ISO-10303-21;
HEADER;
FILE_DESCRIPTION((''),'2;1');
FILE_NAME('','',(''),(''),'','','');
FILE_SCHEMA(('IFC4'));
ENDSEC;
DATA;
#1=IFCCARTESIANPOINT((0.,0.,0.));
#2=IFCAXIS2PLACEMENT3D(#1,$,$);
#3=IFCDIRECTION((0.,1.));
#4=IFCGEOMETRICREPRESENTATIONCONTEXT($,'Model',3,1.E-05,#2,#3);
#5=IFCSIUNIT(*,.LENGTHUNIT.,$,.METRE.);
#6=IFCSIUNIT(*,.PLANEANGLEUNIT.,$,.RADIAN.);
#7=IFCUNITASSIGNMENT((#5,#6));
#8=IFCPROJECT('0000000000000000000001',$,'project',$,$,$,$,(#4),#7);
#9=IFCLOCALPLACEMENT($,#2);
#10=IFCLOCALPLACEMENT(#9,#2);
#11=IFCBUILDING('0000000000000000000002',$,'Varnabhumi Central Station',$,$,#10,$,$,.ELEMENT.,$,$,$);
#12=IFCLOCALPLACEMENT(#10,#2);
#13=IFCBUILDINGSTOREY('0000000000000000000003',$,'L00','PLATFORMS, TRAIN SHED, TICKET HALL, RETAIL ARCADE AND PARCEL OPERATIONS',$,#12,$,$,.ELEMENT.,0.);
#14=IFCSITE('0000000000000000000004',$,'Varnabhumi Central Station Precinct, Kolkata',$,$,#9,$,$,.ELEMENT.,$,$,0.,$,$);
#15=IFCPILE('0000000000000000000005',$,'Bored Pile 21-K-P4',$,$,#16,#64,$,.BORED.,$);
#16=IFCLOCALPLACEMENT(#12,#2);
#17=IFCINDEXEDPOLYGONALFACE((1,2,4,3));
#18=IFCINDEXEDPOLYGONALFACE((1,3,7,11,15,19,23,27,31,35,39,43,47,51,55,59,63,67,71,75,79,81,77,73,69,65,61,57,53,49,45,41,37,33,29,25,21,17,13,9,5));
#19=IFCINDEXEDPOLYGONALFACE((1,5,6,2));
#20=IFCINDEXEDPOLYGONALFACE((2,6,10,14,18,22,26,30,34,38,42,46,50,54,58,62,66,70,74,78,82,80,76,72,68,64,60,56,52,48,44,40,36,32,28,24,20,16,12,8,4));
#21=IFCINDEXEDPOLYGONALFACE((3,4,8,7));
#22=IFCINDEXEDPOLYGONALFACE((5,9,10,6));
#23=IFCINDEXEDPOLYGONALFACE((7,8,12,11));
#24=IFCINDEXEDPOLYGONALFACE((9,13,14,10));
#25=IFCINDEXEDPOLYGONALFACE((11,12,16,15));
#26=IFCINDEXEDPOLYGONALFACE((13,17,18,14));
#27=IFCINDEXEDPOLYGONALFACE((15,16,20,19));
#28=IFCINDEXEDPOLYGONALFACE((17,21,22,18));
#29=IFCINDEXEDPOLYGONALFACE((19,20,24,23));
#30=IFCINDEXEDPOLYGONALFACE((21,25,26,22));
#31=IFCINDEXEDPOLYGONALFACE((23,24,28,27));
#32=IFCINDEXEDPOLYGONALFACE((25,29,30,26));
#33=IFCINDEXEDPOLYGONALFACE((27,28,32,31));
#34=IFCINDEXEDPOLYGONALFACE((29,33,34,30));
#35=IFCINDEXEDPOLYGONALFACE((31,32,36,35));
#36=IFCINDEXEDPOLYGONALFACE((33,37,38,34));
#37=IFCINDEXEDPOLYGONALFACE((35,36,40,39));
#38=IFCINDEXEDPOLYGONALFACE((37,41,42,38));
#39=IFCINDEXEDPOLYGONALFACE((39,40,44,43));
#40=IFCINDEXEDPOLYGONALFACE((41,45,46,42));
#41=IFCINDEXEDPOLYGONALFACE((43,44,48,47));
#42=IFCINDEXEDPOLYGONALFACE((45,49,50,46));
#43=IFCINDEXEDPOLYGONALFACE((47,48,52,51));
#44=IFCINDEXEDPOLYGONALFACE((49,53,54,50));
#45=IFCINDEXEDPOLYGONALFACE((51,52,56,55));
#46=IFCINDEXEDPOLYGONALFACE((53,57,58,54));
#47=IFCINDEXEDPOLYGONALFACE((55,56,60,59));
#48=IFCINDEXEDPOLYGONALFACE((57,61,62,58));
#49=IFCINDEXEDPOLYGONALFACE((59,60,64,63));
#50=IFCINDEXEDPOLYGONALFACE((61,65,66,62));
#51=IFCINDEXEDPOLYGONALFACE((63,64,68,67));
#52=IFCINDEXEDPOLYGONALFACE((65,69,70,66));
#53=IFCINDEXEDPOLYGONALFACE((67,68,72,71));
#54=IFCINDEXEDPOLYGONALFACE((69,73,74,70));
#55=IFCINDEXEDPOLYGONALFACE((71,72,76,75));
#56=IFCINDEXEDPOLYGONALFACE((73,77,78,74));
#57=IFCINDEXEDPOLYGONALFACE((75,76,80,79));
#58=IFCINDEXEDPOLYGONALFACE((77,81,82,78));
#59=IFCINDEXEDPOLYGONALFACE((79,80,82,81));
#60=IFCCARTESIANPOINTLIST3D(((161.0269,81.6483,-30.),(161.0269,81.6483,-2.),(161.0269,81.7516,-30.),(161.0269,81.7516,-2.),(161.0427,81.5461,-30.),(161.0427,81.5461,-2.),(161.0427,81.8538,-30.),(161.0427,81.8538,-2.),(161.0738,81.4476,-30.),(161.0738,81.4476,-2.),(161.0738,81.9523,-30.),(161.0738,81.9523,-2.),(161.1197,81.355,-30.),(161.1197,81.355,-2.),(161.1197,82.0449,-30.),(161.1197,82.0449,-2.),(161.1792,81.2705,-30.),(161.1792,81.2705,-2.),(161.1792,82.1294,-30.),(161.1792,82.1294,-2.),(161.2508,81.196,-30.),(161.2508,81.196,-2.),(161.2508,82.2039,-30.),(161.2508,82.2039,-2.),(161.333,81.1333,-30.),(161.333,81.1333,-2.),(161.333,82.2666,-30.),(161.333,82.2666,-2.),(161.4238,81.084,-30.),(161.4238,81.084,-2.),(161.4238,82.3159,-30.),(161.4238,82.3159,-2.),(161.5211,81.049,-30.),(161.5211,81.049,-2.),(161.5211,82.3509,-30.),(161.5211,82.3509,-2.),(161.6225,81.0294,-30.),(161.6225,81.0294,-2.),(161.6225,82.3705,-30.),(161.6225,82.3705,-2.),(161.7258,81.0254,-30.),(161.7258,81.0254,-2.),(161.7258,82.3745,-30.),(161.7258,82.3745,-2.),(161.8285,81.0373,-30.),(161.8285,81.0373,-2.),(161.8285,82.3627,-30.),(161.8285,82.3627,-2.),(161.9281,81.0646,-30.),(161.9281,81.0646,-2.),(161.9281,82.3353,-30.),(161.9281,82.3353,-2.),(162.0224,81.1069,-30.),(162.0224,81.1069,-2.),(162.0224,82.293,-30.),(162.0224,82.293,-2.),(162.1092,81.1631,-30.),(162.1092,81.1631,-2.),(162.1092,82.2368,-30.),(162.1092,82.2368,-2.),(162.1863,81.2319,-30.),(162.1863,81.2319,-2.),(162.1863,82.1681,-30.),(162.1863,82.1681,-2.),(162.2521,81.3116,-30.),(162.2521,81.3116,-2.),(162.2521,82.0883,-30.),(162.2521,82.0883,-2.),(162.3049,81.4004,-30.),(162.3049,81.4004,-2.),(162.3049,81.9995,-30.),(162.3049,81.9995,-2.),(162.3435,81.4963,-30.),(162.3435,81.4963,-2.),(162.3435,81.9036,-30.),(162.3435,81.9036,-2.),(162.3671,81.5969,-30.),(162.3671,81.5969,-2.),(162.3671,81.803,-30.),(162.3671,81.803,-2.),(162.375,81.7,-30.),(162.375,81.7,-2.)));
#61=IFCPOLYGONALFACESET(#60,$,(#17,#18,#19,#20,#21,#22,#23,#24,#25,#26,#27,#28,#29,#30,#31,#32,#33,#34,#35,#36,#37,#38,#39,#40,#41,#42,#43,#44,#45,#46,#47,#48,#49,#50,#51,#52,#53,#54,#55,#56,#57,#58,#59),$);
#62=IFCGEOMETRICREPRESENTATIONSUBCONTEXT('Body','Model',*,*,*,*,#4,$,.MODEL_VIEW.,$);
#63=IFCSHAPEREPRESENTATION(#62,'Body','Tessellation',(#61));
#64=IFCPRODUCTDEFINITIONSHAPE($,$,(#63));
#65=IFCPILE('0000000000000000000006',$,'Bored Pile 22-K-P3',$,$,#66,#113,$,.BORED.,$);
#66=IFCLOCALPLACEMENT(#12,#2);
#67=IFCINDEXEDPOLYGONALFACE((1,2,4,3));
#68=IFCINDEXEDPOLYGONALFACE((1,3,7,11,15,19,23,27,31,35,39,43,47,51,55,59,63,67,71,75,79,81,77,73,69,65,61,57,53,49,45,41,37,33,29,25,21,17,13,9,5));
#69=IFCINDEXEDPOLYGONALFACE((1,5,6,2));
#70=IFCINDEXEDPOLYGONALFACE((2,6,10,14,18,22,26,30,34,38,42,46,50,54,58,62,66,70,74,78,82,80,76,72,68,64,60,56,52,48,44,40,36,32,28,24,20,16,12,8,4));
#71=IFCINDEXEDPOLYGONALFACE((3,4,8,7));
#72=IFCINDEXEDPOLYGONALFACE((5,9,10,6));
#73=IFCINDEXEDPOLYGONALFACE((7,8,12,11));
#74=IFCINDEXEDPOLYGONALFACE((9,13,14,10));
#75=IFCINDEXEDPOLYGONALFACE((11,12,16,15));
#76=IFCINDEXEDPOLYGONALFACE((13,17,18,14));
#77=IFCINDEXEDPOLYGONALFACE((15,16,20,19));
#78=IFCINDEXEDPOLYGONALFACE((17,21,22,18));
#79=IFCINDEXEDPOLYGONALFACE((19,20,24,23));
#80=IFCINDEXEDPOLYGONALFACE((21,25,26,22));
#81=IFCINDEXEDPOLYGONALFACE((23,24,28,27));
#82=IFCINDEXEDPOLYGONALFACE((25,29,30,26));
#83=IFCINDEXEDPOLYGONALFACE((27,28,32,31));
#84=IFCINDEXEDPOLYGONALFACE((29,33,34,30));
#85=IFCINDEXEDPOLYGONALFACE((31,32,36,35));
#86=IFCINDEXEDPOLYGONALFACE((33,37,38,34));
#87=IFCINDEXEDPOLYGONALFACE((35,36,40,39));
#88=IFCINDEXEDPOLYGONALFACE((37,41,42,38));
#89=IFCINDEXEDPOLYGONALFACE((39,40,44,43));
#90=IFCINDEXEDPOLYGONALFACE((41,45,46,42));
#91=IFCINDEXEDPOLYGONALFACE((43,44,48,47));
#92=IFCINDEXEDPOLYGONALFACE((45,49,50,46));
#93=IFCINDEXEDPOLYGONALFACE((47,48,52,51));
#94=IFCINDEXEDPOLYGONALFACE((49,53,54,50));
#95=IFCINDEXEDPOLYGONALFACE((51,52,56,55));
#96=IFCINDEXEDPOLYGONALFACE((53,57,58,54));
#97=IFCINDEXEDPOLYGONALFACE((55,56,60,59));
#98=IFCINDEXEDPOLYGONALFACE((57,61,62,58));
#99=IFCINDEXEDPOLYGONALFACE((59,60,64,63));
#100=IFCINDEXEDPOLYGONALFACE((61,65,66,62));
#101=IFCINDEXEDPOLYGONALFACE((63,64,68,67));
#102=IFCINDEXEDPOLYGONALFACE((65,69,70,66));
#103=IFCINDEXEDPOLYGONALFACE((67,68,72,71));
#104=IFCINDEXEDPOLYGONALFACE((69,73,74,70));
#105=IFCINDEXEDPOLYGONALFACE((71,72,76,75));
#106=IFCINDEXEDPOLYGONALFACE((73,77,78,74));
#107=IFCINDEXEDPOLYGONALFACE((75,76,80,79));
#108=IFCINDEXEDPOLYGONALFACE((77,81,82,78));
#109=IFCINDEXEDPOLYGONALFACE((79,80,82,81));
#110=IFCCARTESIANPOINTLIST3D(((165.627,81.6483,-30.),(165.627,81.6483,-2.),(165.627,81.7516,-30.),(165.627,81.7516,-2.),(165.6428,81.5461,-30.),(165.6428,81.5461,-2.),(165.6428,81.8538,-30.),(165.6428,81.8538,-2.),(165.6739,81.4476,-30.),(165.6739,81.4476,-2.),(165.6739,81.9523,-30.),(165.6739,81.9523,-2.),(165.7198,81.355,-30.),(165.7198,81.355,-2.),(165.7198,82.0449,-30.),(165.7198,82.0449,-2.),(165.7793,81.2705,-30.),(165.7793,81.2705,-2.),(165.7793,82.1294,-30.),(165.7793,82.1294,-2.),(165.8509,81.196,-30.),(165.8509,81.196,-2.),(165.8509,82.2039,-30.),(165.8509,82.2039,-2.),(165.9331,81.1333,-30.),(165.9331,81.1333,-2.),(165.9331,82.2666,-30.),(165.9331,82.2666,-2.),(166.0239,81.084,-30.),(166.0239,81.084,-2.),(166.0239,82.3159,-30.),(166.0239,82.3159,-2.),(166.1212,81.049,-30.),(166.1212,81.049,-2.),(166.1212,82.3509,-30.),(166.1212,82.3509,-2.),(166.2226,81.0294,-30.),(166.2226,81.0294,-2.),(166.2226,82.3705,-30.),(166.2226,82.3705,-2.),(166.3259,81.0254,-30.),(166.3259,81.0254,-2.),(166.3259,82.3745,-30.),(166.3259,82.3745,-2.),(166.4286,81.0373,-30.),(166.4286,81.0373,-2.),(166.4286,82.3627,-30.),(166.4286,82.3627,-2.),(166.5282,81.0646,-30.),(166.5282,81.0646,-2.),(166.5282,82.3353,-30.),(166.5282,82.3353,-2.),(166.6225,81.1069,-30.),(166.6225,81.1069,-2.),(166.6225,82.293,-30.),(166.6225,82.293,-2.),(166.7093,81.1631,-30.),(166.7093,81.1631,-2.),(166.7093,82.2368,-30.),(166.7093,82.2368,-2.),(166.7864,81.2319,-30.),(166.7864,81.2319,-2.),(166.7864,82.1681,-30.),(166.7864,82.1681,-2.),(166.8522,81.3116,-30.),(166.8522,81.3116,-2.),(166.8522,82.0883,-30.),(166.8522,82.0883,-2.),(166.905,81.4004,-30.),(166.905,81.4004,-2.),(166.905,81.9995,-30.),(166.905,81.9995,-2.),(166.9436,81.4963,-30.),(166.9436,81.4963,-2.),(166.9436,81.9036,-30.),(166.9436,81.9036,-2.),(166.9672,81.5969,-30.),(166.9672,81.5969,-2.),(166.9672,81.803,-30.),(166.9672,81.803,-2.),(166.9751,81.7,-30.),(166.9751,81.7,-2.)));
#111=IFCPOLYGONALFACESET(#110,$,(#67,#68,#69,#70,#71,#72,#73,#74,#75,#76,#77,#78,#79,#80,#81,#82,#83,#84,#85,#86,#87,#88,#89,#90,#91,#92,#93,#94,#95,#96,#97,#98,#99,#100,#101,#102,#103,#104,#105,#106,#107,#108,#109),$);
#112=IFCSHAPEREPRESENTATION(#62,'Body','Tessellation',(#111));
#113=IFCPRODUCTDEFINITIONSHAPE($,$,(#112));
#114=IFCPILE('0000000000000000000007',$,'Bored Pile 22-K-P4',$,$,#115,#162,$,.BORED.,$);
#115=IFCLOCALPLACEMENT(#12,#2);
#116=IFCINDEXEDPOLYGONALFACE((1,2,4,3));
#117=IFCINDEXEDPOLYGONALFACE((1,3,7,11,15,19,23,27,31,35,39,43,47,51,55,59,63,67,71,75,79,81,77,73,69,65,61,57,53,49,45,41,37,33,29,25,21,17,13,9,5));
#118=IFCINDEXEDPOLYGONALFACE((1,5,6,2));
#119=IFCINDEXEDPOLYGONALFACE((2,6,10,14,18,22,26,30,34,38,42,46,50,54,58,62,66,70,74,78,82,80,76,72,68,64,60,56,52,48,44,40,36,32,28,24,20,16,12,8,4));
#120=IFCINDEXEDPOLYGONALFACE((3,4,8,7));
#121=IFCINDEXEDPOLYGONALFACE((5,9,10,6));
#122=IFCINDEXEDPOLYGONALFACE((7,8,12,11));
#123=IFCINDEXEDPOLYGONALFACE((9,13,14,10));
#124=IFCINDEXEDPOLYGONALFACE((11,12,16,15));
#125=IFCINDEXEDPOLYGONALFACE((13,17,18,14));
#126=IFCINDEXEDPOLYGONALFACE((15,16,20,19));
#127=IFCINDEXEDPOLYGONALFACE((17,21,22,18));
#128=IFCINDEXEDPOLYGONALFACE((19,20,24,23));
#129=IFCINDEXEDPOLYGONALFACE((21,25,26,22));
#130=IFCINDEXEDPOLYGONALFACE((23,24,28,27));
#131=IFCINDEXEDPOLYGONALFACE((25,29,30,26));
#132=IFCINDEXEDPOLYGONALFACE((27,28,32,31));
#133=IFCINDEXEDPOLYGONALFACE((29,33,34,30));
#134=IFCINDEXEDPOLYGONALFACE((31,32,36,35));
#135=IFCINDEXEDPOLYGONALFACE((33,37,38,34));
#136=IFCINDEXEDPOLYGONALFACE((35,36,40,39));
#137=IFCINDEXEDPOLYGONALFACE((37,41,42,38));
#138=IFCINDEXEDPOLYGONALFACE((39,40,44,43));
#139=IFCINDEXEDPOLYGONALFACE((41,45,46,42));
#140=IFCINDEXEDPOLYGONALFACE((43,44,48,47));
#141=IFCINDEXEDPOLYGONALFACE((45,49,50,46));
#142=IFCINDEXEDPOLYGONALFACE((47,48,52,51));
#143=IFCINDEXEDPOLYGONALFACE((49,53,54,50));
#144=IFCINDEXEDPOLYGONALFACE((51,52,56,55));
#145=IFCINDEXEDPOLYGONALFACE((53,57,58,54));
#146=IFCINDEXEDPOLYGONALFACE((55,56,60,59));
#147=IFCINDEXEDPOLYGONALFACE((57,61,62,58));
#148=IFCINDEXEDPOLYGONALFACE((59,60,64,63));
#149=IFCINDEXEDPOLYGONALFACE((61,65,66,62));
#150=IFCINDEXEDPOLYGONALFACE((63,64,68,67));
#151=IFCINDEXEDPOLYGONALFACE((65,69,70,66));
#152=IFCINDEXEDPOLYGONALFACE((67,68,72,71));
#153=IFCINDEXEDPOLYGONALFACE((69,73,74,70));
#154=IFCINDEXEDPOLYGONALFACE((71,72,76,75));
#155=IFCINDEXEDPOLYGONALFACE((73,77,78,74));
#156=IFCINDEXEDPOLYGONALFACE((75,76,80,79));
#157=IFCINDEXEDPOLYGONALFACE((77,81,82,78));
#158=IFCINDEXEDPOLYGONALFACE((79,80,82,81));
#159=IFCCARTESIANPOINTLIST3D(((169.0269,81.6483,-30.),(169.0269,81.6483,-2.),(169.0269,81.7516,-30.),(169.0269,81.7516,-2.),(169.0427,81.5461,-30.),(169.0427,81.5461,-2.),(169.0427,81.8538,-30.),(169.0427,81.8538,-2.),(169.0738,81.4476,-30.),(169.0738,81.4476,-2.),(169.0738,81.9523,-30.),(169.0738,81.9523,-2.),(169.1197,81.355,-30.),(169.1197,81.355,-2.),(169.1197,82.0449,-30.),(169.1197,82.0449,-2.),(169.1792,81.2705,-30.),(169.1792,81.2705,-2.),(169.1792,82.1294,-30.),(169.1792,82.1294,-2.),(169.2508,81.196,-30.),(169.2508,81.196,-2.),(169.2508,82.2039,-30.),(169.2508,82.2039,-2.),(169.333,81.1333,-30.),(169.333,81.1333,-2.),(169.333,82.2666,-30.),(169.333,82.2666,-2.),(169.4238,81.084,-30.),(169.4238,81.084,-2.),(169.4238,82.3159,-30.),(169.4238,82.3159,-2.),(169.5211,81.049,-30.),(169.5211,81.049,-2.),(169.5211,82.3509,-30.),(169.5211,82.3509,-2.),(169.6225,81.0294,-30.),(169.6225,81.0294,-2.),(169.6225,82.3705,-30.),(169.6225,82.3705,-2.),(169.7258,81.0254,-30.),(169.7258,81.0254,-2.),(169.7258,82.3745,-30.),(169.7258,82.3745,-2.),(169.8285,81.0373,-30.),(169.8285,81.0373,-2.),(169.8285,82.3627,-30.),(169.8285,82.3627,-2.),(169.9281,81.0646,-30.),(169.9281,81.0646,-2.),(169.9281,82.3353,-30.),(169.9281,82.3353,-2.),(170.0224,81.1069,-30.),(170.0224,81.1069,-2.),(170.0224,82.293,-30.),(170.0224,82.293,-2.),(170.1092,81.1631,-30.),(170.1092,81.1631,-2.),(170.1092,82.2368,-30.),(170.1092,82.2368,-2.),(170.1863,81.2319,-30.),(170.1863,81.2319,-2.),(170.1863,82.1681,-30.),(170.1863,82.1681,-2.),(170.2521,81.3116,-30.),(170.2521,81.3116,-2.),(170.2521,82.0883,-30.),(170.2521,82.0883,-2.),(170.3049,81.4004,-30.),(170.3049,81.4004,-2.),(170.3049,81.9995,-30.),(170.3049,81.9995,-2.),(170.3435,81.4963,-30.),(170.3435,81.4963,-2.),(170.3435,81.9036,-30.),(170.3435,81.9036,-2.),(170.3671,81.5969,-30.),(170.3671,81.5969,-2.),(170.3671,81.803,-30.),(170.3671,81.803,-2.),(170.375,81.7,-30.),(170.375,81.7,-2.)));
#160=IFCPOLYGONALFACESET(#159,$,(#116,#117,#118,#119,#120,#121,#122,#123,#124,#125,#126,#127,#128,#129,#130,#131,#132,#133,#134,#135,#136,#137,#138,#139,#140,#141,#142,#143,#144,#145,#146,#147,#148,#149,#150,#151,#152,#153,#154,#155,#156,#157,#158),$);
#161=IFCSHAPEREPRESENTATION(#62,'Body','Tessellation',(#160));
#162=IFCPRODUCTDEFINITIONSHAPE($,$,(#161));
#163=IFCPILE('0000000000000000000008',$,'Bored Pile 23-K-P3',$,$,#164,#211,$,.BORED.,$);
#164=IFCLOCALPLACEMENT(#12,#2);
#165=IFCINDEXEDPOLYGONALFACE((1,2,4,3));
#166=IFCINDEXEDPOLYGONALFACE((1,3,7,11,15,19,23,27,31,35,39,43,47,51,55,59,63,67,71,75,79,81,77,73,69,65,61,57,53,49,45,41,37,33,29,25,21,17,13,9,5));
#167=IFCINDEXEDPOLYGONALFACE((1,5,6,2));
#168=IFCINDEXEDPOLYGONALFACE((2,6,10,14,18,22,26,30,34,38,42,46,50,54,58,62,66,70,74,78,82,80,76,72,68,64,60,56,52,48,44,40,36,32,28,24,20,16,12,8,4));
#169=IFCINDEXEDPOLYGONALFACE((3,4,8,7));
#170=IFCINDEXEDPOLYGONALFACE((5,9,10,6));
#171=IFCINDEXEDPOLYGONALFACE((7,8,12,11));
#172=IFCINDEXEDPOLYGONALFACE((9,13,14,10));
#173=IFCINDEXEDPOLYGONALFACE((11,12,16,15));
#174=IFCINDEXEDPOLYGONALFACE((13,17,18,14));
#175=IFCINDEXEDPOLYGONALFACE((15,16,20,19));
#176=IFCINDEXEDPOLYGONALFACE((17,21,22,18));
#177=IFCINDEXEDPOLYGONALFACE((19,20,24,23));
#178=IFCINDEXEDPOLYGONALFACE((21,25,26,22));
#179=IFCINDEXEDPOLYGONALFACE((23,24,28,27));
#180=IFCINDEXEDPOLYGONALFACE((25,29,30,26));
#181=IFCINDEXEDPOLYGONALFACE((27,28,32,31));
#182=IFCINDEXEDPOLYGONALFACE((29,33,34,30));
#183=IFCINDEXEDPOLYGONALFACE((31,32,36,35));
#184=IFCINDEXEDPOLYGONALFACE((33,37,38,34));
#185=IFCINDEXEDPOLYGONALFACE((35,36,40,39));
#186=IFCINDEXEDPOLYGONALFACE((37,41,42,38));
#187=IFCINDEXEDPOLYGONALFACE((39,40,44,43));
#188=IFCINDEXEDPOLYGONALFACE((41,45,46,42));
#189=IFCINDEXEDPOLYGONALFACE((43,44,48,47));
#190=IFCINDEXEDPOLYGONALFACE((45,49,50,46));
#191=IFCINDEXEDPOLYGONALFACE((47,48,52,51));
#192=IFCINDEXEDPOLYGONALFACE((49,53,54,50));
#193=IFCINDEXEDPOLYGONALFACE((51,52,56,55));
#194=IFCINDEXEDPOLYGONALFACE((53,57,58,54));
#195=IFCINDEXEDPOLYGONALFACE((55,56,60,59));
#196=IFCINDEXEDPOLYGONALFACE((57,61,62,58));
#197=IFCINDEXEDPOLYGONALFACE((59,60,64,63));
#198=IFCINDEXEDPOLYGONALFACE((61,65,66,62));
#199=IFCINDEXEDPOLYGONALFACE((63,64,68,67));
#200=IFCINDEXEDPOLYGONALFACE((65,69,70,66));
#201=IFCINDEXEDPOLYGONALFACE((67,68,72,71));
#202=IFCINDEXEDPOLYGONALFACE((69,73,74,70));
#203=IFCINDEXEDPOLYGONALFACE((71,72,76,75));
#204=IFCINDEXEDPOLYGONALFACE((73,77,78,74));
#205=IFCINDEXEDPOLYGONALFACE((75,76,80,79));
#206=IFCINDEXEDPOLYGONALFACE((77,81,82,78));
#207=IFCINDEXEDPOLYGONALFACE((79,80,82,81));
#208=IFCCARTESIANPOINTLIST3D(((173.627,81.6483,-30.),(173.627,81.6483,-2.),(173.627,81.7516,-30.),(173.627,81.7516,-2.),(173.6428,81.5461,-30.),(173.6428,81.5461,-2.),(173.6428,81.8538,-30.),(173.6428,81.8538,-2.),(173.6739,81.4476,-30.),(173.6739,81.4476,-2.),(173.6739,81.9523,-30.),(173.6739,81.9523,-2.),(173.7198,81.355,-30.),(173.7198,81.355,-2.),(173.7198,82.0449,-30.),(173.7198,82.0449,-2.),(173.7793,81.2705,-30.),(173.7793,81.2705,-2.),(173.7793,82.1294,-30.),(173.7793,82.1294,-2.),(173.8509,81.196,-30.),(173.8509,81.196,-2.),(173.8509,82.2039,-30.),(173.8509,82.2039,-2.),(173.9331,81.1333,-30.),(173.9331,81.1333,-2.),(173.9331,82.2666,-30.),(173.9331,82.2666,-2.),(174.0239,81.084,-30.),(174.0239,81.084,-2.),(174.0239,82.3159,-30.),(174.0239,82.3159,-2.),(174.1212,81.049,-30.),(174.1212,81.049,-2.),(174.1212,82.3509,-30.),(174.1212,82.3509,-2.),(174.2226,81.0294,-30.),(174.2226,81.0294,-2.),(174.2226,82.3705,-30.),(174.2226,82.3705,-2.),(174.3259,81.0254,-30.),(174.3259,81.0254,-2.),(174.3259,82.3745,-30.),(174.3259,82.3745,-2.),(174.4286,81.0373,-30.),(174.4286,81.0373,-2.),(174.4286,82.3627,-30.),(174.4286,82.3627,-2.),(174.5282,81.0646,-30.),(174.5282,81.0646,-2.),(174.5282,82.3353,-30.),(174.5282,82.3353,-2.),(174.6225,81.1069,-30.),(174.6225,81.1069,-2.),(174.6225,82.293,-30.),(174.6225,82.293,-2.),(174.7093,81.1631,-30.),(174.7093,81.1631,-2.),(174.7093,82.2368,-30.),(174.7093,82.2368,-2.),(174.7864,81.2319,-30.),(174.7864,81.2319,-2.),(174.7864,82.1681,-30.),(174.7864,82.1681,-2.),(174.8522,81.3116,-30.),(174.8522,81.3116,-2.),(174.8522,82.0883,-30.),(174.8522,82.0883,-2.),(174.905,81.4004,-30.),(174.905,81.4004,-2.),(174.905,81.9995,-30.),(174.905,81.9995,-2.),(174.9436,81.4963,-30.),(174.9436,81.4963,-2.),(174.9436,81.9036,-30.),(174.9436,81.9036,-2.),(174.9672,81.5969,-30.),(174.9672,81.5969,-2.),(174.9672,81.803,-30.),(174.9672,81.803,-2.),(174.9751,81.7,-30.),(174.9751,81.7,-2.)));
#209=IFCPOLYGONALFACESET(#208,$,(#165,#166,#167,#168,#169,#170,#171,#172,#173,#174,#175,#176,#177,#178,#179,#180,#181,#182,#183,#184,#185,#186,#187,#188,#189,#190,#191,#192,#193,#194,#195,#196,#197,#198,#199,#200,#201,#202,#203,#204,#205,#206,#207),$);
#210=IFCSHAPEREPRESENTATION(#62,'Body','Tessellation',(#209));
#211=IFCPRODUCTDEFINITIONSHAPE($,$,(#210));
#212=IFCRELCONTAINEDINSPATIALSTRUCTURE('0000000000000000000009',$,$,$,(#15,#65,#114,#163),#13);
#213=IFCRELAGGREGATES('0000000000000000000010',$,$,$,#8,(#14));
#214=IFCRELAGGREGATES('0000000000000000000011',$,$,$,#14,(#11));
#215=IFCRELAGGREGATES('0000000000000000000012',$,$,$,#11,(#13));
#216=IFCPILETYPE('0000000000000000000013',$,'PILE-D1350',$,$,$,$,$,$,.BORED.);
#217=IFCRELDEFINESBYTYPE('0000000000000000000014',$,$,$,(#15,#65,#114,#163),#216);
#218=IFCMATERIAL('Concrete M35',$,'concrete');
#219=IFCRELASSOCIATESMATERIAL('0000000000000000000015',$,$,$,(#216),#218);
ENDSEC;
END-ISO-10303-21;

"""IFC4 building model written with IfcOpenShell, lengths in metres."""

from ifc_helpers import new_model, si_unit, direction, frame, origin, origin_2d, place, context, subcontext, project, spatial, circle, extrude, material, material_profile, profile_set, type_object, element, save


model = new_model("IFC4")

# Units and contexts
model_context = context("Model", 3, precision=1e-05, world=origin(), true_north=direction((0.0, 1.0)))
body_context = subcontext(model_context, "Body", "Model", "MODEL_VIEW")
ifc_project = project(units=[si_unit("LENGTHUNIT", "METRE"), si_unit("PLANEANGLEUNIT", "RADIAN")], contexts=[model_context])

# Site, building, storey
site_placement = place(None, origin())
site = spatial("IfcSite", under=ifc_project, at=site_placement, Name="Varnabhumi Central Station Precinct, Kolkata", CompositionType="ELEMENT", RefElevation=0.0)
building_placement = place(site_placement, origin())
building = spatial("IfcBuilding", under=site, at=building_placement, Name="Varnabhumi Central Station", CompositionType="ELEMENT")
storey_placement = place(building_placement, origin())
storey = spatial("IfcBuildingStorey", under=building, at=storey_placement, Name="L00", Description="PLATFORMS, TRAIN SHED, TICKET HALL, RETAIL ARCADE AND PARCEL OPERATIONS", CompositionType="ELEMENT", Elevation=0.0)

# Piles
ifc_material_1 = material(Name="Concrete M35", Category="concrete")
ifc_material_profile_1 = material_profile(ifc_material_1, circle(Radius=0.675, at=origin_2d()), Name="Concrete M35", Category="concrete")
ifc_profile_set_1 = profile_set([ifc_material_profile_1], Name="Concrete M35")
pile_type_1 = type_object("IfcPileType", Name="PILE-D1350", PredefinedType="BORED", material=ifc_profile_set_1)
for number, where, z_axis, x_axis, name in (
    (1, (161.7, 81.7, -2.0), (0.0, 0.0, -1.0), (1.0, 0.0, 0.0), "Bored Pile 21-K-P4"),
    (2, (166.3, 81.7, -2.0), (0.0, 0.0, -1.0), (1.0, 0.0, 0.0), "Bored Pile 22-K-P3"),
    (3, (169.7, 81.7, -2.0), (0.0, 0.0, -1.0), (1.0, 0.0, 0.0), "Bored Pile 22-K-P4"),
    (4, (174.3, 81.7, -2.0), (0.0, 0.0, -1.0), (1.0, 0.0, 0.0), "Bored Pile 23-K-P3"),
):
    element("IfcPile", number, at=place(storey_placement, frame(where, z_axis=z_axis, x_axis=x_axis)), inside=storey, type_object=pile_type_1, Name=name, PredefinedType="BORED", context=body_context, shape_type="SweptSolid", body=[
        extrude(circle(Radius=0.675, at=origin_2d()), origin(), (0.0, 0.0, 1.0), 28.0),
    ])

save(model, "model.ifc")
